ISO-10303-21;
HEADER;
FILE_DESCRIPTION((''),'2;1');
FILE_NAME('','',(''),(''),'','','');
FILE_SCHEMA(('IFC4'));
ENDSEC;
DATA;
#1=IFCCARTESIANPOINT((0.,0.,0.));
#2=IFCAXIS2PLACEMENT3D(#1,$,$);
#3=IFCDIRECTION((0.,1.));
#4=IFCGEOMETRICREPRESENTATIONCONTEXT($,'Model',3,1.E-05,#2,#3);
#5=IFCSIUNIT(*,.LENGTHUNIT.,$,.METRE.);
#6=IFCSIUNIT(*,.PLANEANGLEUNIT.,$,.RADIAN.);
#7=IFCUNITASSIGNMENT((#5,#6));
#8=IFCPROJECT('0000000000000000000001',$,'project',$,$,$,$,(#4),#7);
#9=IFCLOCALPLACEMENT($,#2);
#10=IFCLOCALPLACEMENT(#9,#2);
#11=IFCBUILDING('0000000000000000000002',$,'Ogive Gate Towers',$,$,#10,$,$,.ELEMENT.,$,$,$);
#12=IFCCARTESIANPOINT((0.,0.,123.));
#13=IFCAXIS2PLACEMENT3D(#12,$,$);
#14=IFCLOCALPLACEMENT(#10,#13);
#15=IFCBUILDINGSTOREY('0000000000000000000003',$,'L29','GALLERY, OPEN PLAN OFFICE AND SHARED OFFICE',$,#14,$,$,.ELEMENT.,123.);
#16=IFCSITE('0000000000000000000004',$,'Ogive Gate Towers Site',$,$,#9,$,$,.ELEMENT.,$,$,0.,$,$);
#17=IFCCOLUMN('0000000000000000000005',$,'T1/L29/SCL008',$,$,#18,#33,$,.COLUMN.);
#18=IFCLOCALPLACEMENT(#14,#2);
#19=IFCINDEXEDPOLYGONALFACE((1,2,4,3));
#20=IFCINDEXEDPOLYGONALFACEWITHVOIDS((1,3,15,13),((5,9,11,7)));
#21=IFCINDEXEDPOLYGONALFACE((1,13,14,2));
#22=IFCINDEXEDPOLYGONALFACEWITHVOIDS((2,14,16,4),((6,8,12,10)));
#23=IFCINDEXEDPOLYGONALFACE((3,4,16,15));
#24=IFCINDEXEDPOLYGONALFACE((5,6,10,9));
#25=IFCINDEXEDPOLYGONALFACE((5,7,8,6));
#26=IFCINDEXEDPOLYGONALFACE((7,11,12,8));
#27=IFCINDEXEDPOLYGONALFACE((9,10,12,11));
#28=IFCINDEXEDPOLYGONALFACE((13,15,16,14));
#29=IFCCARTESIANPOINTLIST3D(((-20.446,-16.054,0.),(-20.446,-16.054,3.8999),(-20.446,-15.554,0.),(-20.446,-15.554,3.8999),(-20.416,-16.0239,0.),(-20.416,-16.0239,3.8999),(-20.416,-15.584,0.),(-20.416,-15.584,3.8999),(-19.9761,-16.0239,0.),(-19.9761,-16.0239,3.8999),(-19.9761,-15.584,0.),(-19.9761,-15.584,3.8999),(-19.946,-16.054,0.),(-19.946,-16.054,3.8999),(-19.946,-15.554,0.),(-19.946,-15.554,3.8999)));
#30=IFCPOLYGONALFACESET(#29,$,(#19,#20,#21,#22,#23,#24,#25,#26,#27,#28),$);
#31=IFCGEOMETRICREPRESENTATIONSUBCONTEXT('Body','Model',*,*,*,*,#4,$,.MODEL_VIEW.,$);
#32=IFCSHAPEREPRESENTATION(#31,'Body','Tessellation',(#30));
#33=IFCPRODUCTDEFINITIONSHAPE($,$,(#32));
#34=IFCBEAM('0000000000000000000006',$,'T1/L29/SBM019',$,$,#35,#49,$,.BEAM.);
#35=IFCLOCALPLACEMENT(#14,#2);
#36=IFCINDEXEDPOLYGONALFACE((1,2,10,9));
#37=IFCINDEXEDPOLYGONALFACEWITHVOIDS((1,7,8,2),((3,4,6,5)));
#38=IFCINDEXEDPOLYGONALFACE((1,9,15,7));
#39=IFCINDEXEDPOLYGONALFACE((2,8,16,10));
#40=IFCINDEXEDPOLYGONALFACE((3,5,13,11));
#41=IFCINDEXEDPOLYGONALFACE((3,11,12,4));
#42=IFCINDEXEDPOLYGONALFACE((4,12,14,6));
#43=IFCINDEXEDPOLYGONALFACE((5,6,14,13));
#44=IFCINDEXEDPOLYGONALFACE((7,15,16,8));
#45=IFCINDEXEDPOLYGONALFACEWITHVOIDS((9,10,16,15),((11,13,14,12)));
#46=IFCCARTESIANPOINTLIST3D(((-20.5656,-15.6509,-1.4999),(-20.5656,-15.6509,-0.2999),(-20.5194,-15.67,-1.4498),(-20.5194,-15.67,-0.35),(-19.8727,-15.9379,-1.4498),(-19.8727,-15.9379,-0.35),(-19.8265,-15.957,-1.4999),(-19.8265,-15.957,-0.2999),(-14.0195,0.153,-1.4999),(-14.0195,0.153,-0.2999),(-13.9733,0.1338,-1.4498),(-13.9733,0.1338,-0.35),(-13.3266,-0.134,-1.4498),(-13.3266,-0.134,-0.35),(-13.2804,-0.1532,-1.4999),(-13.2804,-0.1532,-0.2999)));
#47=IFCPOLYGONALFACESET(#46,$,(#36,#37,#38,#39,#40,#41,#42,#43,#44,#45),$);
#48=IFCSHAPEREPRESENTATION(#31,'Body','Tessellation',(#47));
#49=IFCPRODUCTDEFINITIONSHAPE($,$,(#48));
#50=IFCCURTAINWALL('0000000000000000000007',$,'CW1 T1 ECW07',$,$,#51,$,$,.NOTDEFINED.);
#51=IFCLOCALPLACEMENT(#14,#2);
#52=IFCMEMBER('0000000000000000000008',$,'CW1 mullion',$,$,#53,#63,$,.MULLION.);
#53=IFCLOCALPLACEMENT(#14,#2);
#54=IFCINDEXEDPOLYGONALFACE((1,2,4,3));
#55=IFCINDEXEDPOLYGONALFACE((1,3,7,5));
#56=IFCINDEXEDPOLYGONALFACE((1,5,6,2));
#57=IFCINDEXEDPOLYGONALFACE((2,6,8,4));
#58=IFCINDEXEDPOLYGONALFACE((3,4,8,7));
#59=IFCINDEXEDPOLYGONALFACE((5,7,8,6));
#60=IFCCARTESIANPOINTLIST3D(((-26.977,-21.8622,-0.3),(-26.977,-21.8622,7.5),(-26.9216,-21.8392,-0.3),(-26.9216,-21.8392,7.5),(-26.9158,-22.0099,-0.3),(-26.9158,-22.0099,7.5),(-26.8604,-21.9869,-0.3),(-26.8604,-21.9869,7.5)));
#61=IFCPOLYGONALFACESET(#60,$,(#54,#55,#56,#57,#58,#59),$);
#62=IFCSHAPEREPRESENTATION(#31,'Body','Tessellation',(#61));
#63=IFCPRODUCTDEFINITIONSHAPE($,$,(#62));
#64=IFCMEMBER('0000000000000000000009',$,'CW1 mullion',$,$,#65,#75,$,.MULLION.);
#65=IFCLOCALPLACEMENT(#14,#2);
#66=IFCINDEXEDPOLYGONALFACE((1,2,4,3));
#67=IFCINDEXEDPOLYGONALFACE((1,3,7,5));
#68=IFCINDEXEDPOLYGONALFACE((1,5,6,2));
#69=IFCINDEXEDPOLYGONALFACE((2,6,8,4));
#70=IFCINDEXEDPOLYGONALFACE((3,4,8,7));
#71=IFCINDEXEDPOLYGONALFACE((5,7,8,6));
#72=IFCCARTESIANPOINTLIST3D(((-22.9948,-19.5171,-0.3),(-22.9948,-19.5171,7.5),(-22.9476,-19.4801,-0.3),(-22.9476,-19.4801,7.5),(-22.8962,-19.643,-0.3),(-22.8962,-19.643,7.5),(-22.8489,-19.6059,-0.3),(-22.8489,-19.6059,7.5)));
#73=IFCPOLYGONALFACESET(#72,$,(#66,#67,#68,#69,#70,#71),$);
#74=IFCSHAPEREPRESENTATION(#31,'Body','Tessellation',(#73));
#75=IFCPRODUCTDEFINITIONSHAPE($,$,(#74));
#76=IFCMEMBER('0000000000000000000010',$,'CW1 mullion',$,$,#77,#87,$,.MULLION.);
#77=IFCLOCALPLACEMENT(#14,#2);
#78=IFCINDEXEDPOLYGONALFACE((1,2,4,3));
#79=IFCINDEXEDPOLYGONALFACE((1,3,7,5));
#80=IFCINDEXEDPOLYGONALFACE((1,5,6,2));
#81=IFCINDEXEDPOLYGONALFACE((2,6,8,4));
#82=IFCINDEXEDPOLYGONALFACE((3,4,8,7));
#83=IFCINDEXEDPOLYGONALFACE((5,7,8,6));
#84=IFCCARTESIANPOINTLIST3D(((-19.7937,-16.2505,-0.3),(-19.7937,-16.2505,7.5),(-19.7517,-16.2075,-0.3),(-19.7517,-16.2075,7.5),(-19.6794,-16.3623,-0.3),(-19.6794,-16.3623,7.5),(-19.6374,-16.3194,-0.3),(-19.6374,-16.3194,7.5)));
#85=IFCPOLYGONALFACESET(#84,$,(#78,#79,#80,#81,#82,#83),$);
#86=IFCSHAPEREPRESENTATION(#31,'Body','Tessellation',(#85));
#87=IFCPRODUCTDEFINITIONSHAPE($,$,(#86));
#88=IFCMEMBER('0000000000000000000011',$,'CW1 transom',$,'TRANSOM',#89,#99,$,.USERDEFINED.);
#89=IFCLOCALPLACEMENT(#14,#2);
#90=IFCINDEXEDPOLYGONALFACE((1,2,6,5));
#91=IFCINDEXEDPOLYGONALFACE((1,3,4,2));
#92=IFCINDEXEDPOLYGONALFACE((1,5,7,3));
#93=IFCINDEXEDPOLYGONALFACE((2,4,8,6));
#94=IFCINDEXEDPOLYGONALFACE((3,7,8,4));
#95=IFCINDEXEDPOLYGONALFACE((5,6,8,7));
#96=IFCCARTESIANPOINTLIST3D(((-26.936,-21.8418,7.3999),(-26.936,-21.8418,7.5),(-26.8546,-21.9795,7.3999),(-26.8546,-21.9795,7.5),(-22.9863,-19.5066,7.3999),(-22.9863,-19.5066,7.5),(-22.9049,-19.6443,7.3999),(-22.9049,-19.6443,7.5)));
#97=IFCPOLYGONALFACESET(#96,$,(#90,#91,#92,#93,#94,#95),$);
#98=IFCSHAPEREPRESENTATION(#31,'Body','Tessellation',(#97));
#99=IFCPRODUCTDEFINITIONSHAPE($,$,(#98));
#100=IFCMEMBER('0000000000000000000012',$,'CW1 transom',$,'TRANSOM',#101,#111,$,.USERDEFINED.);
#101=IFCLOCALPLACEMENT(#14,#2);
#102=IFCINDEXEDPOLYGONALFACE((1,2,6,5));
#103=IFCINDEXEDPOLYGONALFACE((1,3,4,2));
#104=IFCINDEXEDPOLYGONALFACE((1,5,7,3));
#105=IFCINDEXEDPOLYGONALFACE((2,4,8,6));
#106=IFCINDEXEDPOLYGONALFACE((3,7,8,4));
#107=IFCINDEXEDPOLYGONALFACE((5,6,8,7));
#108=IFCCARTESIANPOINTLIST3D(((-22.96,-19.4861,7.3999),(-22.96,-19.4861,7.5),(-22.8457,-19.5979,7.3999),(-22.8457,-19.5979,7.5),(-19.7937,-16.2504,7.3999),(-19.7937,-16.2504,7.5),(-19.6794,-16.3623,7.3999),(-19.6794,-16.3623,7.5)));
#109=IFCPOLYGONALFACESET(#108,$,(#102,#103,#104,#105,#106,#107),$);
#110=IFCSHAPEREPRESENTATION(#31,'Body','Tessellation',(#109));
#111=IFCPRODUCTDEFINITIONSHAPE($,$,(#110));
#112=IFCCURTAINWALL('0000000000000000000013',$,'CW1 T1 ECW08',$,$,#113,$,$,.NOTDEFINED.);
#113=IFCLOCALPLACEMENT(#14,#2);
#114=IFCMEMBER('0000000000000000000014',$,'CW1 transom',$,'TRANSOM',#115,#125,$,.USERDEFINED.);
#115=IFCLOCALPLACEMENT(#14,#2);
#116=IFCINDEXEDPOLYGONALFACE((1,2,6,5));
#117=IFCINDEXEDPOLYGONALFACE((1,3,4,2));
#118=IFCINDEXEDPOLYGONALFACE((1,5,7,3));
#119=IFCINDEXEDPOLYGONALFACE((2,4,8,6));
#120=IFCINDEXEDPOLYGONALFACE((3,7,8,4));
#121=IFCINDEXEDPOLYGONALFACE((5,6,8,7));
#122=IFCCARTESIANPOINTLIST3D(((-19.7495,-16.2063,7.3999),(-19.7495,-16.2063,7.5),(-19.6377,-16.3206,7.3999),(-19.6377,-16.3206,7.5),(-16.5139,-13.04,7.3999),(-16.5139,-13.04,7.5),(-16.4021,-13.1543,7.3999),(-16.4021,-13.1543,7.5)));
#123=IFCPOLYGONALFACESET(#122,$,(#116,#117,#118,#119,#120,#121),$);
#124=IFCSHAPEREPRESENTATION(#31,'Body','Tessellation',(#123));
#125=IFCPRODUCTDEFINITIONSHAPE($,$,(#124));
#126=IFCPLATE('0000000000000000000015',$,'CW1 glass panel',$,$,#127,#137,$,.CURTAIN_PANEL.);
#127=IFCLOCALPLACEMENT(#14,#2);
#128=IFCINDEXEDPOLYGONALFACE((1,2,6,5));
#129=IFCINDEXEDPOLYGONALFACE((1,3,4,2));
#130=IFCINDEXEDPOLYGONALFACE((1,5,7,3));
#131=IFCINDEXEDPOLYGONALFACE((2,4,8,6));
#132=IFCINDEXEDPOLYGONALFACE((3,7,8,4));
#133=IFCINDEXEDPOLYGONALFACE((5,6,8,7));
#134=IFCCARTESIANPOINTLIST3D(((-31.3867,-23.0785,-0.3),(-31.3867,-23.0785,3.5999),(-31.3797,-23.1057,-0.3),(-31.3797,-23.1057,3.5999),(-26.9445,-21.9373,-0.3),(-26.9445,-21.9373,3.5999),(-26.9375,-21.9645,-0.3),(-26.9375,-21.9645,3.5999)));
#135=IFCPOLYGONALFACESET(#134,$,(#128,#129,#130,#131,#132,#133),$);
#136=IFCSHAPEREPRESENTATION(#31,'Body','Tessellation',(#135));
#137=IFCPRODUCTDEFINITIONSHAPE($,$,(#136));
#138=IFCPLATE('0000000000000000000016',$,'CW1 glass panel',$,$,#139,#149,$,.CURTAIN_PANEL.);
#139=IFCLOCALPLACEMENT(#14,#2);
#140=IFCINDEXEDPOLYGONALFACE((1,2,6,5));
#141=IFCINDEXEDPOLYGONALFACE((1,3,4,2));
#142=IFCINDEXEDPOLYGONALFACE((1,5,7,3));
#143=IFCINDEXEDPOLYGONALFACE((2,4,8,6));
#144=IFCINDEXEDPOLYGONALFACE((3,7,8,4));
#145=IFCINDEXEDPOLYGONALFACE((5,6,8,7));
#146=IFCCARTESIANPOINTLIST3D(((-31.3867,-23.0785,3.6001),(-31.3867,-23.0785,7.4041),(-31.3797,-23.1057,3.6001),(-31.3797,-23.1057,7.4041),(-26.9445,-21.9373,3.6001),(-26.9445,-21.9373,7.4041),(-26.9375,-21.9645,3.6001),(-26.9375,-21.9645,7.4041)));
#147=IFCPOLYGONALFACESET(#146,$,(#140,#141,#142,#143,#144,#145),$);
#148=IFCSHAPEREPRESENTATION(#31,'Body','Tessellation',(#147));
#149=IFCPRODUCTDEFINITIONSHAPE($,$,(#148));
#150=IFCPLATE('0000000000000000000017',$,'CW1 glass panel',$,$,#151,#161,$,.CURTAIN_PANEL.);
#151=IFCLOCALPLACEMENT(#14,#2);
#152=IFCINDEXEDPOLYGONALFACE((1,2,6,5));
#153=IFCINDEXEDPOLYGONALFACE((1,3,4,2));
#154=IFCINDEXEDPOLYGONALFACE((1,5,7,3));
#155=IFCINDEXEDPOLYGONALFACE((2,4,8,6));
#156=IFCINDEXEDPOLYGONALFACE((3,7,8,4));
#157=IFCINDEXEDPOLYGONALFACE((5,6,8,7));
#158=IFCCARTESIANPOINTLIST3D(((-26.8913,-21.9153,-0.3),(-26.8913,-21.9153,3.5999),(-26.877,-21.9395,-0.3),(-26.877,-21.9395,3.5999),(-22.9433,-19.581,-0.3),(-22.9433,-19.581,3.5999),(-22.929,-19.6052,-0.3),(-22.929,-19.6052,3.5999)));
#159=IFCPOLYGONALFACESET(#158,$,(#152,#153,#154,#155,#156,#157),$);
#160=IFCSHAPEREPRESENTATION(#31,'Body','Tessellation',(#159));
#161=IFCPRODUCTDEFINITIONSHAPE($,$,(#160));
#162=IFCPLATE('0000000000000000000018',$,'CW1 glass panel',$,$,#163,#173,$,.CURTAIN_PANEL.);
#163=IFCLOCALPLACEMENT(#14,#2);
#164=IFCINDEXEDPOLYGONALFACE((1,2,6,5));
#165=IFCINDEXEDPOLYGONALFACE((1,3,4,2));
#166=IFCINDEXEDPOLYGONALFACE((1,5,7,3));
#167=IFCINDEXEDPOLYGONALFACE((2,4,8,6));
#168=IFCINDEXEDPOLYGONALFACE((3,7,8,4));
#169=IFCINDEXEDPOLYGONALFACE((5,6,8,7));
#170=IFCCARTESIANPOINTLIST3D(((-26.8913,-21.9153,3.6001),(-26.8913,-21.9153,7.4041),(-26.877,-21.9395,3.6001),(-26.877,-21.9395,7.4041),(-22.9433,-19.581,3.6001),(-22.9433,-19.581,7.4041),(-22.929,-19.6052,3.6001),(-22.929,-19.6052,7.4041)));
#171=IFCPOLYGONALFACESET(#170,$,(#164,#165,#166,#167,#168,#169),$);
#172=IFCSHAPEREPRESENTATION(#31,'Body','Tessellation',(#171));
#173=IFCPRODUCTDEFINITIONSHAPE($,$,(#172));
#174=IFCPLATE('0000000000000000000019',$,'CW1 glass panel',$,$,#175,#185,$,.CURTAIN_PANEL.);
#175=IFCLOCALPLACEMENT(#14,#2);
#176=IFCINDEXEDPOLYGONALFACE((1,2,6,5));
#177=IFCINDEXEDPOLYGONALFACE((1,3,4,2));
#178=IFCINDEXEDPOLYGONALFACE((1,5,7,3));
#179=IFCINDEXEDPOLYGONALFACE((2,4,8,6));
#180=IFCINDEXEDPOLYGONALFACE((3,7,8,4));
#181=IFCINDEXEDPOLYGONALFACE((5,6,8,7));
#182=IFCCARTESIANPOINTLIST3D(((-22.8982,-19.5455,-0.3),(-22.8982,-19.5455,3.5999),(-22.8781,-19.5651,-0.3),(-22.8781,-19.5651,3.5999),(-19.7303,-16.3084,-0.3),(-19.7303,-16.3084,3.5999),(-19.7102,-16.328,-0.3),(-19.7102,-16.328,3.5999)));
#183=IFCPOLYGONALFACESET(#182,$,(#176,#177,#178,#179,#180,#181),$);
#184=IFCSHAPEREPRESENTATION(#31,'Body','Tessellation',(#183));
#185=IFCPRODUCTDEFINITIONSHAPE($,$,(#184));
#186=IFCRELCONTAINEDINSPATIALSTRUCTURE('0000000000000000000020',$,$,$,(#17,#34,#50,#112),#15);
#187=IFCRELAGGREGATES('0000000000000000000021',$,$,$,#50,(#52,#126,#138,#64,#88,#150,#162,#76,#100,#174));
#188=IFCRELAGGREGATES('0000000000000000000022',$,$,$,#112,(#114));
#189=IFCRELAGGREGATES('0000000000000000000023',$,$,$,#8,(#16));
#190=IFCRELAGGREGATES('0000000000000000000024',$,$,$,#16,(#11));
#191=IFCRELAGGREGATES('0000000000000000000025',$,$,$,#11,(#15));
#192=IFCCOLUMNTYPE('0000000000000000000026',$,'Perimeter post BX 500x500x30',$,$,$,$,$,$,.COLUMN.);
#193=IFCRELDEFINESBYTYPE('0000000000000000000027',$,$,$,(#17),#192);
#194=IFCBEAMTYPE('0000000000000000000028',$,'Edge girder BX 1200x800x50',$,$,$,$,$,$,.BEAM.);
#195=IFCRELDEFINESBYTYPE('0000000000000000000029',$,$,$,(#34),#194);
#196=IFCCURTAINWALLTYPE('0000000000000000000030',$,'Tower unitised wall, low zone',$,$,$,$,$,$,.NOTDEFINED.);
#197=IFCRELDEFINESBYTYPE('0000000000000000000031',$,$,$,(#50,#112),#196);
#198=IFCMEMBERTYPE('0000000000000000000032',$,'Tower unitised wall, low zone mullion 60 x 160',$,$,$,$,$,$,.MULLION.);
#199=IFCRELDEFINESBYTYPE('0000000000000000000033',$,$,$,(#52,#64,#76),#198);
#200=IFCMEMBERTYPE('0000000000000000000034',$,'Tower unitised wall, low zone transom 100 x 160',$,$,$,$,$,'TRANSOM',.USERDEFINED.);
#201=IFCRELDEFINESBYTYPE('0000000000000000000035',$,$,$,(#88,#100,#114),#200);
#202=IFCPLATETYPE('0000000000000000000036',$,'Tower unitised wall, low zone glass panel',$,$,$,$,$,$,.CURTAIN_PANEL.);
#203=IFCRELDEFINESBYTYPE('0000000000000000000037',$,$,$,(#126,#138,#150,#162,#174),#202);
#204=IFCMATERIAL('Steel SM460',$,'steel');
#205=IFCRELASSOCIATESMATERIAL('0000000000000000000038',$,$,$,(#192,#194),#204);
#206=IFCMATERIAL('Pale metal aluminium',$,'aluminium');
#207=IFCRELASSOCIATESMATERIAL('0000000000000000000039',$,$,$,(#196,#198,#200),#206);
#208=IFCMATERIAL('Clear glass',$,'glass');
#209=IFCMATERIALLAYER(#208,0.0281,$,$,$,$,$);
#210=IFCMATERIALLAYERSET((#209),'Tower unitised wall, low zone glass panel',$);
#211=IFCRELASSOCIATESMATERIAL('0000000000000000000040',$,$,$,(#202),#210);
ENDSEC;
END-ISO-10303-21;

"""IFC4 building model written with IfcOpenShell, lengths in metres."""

from ifc_helpers import new_model, si_unit, direction, frame, origin, origin_2d, place, context, subcontext, project, spatial, rectangle, hollow_rectangle, extrude, material, layer, layer_set, material_profile, profile_set, type_object, element, aggregate, save


model = new_model("IFC4")

# Units and contexts
model_context = context("Model", 3, precision=1e-05, world=origin(), true_north=direction((0.0, 1.0)))
body_context = subcontext(model_context, "Body", "Model", "MODEL_VIEW")
ifc_project = project(units=[si_unit("LENGTHUNIT", "METRE"), si_unit("PLANEANGLEUNIT", "RADIAN")], contexts=[model_context])

# Site, building, storey
site_placement = place(None, origin())
site = spatial("IfcSite", under=ifc_project, at=site_placement, Name="Ogive Gate Towers Site", CompositionType="ELEMENT", RefElevation=0.0)
building_placement = place(site_placement, origin())
building = spatial("IfcBuilding", under=site, at=building_placement, Name="Ogive Gate Towers", CompositionType="ELEMENT")
storey_placement = place(building_placement, frame((0.0, 0.0, 123.0)))
storey = spatial("IfcBuildingStorey", under=building, at=storey_placement, Name="L29", Description="GALLERY, OPEN PLAN OFFICE AND SHARED OFFICE", CompositionType="ELEMENT", Elevation=123.0)

# Column
ifc_material_1 = material(Name="Steel SM460", Category="steel")
ifc_material_profile_1 = material_profile(ifc_material_1, hollow_rectangle(XDim=0.5, YDim=0.5, WallThickness=0.03, at=origin_2d()), Name="BX 500x500x30")
ifc_profile_set_1 = profile_set([ifc_material_profile_1], Name="Steel SM460")
column_type = type_object("IfcColumnType", Name="Perimeter post BX 500x500x30", PredefinedType="COLUMN", material=ifc_profile_set_1)
column_placement = place(storey_placement, frame((-20.196, -15.804, 0.0), z_axis=(0.0, 0.0, 1.0), x_axis=(1.0, 0.0, 0.0)))
element("IfcColumn", 1, at=column_placement, inside=storey, type_object=column_type, Name="T1/L29/SCL008", PredefinedType="COLUMN", context=body_context, shape_type="SweptSolid", body=[
    extrude(hollow_rectangle(XDim=0.5, YDim=0.5, WallThickness=0.03, at=origin_2d()), origin(), (0.0, 0.0, 1.0), 3.8999),
])

# Beam
ifc_material_profile_2 = material_profile(ifc_material_1, hollow_rectangle(XDim=0.8, YDim=1.2, WallThickness=0.05, at=origin_2d()), Name="BX 1200x800x50")
ifc_profile_set_2 = profile_set([ifc_material_profile_2], Name="Steel SM460")
beam_type = type_object("IfcBeamType", Name="Edge girder BX 1200x800x50", PredefinedType="BEAM", material=ifc_profile_set_2)
beam_placement = place(storey_placement, frame((-20.196, -15.804, -0.8999), z_axis=(0.38268, 0.923881, 0.0), x_axis=(-0.923881, 0.38268, 0.0)))
element("IfcBeam", 2, at=beam_placement, inside=storey, type_object=beam_type, Name="T1/L29/SBM019", PredefinedType="BEAM", context=body_context, shape_type="SweptSolid", body=[
    extrude(hollow_rectangle(XDim=0.8, YDim=1.2, WallThickness=0.05, at=origin_2d()), origin(), (0.0, 0.0, 1.0), 17.106),
])

# Curtain wall, members
ifc_material_2 = material(Name="Pale metal aluminium", Category="aluminium")
curtain_wall_type = type_object("IfcCurtainWallType", Name="Tower unitised wall, low zone", PredefinedType="NOTDEFINED", material=ifc_material_2)
curtain_wall_1_placement = place(storey_placement, origin())
curtain_wall_1 = element("IfcCurtainWall", 3, at=curtain_wall_1_placement, inside=storey, type_object=curtain_wall_type, Name="CW1 T1 ECW07", PredefinedType="NOTDEFINED")
ifc_material_profile_3 = material_profile(ifc_material_2, rectangle(XDim=0.1599, YDim=0.0601, at=origin_2d()), Name="60 x 160 aluminium box")
ifc_profile_set_3 = profile_set([ifc_material_profile_3], Name="Pale metal aluminium")
member_type_1 = type_object("IfcMemberType", Name="Tower unitised wall, low zone mullion 60 x 160", PredefinedType="MULLION", material=ifc_profile_set_3)
member_1_placement = place(storey_placement, frame((-26.9187, -21.9246, -0.3), z_axis=(0.0, 0.0, 1.0), x_axis=(0.382683, -0.92388, 0.0)))
member_1 = element("IfcMember", 4, at=member_1_placement, type_object=member_type_1, Name="CW1 mullion", PredefinedType="MULLION", context=body_context, shape_type="SweptSolid", body=[
    extrude(rectangle(XDim=0.1599, YDim=0.0601, at=origin_2d()), origin(), (0.0, 0.0, 1.0), 7.8),
])
member_2_placement = place(storey_placement, frame((-22.9219, -19.5615, -0.3), z_axis=(0.0, 0.0, 1.0), x_axis=(0.617132, -0.78686, 0.0)))
member_2 = element("IfcMember", 5, at=member_2_placement, type_object=member_type_1, Name="CW1 mullion", PredefinedType="MULLION", context=body_context, shape_type="SweptSolid", body=[
    extrude(rectangle(XDim=0.1599, YDim=0.0601, at=origin_2d()), origin(), (0.0, 0.0, 1.0), 7.8),
])
member_3_placement = place(storey_placement, frame((-19.7156, -16.2849, -0.3), z_axis=(0.0, 0.0, 1.0), x_axis=(0.714705, -0.699426, 0.0)))
member_3 = element("IfcMember", 6, at=member_3_placement, type_object=member_type_1, Name="CW1 mullion", PredefinedType="MULLION", context=body_context, shape_type="SweptSolid", body=[
    extrude(rectangle(XDim=0.1599, YDim=0.0601, at=origin_2d()), origin(), (0.0, 0.0, 1.0), 7.8),
])
ifc_material_profile_4 = material_profile(ifc_material_2, rectangle(XDim=0.1599, YDim=0.1001, at=origin_2d()), Name="100 x 160 aluminium box")
ifc_profile_set_4 = profile_set([ifc_material_profile_4], Name="Pale metal aluminium")
member_type_2 = type_object("IfcMemberType", Name="Tower unitised wall, low zone transom 100 x 160", ElementType="TRANSOM", PredefinedType="USERDEFINED", material=ifc_profile_set_4)
member_4_placement = place(storey_placement, frame((-26.8953, -21.9106, 7.45), z_axis=(0.860804, 0.508937, 0.0), x_axis=(-0.508937, 0.860804, 0.0)))
member_4 = element("IfcMember", 7, at=member_4_placement, type_object=member_type_2, Name="CW1 transom", ObjectType="TRANSOM", PredefinedType="USERDEFINED", context=body_context, shape_type="SweptSolid", body=[
    extrude(rectangle(XDim=0.1599, YDim=0.1001, at=origin_2d()), origin(), (0.0, 0.0, 1.0), 4.5884),
])
member_5_placement = place(storey_placement, frame((-22.9028, -19.542, 7.45), z_axis=(0.699407, 0.714723, 0.0), x_axis=(-0.714723, 0.699407, 0.0)))
member_5 = element("IfcMember", 8, at=member_5_placement, type_object=member_type_2, Name="CW1 transom", ObjectType="TRANSOM", PredefinedType="USERDEFINED", context=body_context, shape_type="SweptSolid", body=[
    extrude(rectangle(XDim=0.1599, YDim=0.1001, at=origin_2d()), origin(), (0.0, 0.0, 1.0), 4.5271),
])

# Curtain wall, member
curtain_wall_2_placement = place(storey_placement, origin())
curtain_wall_2 = element("IfcCurtainWall", 9, at=curtain_wall_2_placement, inside=storey, type_object=curtain_wall_type, Name="CW1 T1 ECW08", PredefinedType="NOTDEFINED")
member_6_placement = place(storey_placement, frame((-19.6936, -16.2634, 7.45), z_axis=(0.714723, 0.699407, 0.0), x_axis=(-0.699407, 0.714723, 0.0)))
member_6 = element("IfcMember", 10, at=member_6_placement, type_object=member_type_2, Name="CW1 transom", ObjectType="TRANSOM", PredefinedType="USERDEFINED", context=body_context, shape_type="SweptSolid", body=[
    extrude(rectangle(XDim=0.1599, YDim=0.1001, at=origin_2d()), origin(), (0.0, 0.0, 1.0), 4.5271),
])

# Plates
ifc_material_3 = material(Name="Clear glass", Category="glass")
ifc_layer_1 = layer(ifc_material_3, 0.0281)
ifc_layer_set_1 = layer_set([ifc_layer_1], Name="Tower unitised wall, low zone glass panel")
plate_type = type_object("IfcPlateType", Name="Tower unitised wall, low zone glass panel", PredefinedType="CURTAIN_PANEL", material=ifc_layer_set_1)
plate_1_placement = place(storey_placement, frame((-29.1621, -22.5215, -0.3), z_axis=(0.0, 0.0, 1.0), x_axis=(0.968553, 0.248808, 0.0)))
plate_1 = element("IfcPlate", 11, at=plate_1_placement, type_object=plate_type, Name="CW1 glass panel", PredefinedType="CURTAIN_PANEL", context=body_context, shape_type="SweptSolid", body=[
    extrude(rectangle(XDim=4.5864, YDim=0.0281, at=origin_2d()), origin(), (0.0, 0.0, 1.0), 3.8999),
])
plate_2_placement = place(storey_placement, frame((-29.1621, -22.5215, 3.6001), z_axis=(0.0, 0.0, 1.0), x_axis=(0.968553, 0.248808, 0.0)))
plate_2 = element("IfcPlate", 12, at=plate_2_placement, type_object=plate_type, Name="CW1 glass panel", PredefinedType="CURTAIN_PANEL", context=body_context, shape_type="SweptSolid", body=[
    extrude(rectangle(XDim=4.5864, YDim=0.0281, at=origin_2d()), origin(), (0.0, 0.0, 1.0), 3.804),
])
plate_3_placement = place(storey_placement, frame((-24.9102, -20.7603, -0.3), z_axis=(0.0, 0.0, 1.0), x_axis=(0.860795, 0.508951, 0.0)))
plate_3 = element("IfcPlate", 13, at=plate_3_placement, type_object=plate_type, Name="CW1 glass panel", PredefinedType="CURTAIN_PANEL", context=body_context, shape_type="SweptSolid", body=[
    extrude(rectangle(XDim=4.5864, YDim=0.0281, at=origin_2d()), origin(), (0.0, 0.0, 1.0), 3.8999),
])
plate_4_placement = place(storey_placement, frame((-24.9102, -20.7603, 3.6001), z_axis=(0.0, 0.0, 1.0), x_axis=(0.860795, 0.508951, 0.0)))
plate_4 = element("IfcPlate", 14, at=plate_4_placement, type_object=plate_type, Name="CW1 glass panel", PredefinedType="CURTAIN_PANEL", context=body_context, shape_type="SweptSolid", body=[
    extrude(rectangle(XDim=4.5864, YDim=0.0281, at=origin_2d()), origin(), (0.0, 0.0, 1.0), 3.804),
])
plate_5_placement = place(storey_placement, frame((-21.3042, -17.9368, -0.3), z_axis=(0.0, 0.0, 1.0), x_axis=(0.699426, 0.714705, 0.0)))
plate_5 = element("IfcPlate", 15, at=plate_5_placement, type_object=plate_type, Name="CW1 glass panel", PredefinedType="CURTAIN_PANEL", context=body_context, shape_type="SweptSolid", body=[
    extrude(rectangle(XDim=4.5293, YDim=0.0281, at=origin_2d()), origin(), (0.0, 0.0, 1.0), 3.8999),
])
aggregate(curtain_wall_1, [member_1, plate_1, plate_2, member_2, member_4, plate_3, plate_4, member_3, member_5, plate_5])
aggregate(curtain_wall_2, [member_6])

save(model, "model.ifc")
